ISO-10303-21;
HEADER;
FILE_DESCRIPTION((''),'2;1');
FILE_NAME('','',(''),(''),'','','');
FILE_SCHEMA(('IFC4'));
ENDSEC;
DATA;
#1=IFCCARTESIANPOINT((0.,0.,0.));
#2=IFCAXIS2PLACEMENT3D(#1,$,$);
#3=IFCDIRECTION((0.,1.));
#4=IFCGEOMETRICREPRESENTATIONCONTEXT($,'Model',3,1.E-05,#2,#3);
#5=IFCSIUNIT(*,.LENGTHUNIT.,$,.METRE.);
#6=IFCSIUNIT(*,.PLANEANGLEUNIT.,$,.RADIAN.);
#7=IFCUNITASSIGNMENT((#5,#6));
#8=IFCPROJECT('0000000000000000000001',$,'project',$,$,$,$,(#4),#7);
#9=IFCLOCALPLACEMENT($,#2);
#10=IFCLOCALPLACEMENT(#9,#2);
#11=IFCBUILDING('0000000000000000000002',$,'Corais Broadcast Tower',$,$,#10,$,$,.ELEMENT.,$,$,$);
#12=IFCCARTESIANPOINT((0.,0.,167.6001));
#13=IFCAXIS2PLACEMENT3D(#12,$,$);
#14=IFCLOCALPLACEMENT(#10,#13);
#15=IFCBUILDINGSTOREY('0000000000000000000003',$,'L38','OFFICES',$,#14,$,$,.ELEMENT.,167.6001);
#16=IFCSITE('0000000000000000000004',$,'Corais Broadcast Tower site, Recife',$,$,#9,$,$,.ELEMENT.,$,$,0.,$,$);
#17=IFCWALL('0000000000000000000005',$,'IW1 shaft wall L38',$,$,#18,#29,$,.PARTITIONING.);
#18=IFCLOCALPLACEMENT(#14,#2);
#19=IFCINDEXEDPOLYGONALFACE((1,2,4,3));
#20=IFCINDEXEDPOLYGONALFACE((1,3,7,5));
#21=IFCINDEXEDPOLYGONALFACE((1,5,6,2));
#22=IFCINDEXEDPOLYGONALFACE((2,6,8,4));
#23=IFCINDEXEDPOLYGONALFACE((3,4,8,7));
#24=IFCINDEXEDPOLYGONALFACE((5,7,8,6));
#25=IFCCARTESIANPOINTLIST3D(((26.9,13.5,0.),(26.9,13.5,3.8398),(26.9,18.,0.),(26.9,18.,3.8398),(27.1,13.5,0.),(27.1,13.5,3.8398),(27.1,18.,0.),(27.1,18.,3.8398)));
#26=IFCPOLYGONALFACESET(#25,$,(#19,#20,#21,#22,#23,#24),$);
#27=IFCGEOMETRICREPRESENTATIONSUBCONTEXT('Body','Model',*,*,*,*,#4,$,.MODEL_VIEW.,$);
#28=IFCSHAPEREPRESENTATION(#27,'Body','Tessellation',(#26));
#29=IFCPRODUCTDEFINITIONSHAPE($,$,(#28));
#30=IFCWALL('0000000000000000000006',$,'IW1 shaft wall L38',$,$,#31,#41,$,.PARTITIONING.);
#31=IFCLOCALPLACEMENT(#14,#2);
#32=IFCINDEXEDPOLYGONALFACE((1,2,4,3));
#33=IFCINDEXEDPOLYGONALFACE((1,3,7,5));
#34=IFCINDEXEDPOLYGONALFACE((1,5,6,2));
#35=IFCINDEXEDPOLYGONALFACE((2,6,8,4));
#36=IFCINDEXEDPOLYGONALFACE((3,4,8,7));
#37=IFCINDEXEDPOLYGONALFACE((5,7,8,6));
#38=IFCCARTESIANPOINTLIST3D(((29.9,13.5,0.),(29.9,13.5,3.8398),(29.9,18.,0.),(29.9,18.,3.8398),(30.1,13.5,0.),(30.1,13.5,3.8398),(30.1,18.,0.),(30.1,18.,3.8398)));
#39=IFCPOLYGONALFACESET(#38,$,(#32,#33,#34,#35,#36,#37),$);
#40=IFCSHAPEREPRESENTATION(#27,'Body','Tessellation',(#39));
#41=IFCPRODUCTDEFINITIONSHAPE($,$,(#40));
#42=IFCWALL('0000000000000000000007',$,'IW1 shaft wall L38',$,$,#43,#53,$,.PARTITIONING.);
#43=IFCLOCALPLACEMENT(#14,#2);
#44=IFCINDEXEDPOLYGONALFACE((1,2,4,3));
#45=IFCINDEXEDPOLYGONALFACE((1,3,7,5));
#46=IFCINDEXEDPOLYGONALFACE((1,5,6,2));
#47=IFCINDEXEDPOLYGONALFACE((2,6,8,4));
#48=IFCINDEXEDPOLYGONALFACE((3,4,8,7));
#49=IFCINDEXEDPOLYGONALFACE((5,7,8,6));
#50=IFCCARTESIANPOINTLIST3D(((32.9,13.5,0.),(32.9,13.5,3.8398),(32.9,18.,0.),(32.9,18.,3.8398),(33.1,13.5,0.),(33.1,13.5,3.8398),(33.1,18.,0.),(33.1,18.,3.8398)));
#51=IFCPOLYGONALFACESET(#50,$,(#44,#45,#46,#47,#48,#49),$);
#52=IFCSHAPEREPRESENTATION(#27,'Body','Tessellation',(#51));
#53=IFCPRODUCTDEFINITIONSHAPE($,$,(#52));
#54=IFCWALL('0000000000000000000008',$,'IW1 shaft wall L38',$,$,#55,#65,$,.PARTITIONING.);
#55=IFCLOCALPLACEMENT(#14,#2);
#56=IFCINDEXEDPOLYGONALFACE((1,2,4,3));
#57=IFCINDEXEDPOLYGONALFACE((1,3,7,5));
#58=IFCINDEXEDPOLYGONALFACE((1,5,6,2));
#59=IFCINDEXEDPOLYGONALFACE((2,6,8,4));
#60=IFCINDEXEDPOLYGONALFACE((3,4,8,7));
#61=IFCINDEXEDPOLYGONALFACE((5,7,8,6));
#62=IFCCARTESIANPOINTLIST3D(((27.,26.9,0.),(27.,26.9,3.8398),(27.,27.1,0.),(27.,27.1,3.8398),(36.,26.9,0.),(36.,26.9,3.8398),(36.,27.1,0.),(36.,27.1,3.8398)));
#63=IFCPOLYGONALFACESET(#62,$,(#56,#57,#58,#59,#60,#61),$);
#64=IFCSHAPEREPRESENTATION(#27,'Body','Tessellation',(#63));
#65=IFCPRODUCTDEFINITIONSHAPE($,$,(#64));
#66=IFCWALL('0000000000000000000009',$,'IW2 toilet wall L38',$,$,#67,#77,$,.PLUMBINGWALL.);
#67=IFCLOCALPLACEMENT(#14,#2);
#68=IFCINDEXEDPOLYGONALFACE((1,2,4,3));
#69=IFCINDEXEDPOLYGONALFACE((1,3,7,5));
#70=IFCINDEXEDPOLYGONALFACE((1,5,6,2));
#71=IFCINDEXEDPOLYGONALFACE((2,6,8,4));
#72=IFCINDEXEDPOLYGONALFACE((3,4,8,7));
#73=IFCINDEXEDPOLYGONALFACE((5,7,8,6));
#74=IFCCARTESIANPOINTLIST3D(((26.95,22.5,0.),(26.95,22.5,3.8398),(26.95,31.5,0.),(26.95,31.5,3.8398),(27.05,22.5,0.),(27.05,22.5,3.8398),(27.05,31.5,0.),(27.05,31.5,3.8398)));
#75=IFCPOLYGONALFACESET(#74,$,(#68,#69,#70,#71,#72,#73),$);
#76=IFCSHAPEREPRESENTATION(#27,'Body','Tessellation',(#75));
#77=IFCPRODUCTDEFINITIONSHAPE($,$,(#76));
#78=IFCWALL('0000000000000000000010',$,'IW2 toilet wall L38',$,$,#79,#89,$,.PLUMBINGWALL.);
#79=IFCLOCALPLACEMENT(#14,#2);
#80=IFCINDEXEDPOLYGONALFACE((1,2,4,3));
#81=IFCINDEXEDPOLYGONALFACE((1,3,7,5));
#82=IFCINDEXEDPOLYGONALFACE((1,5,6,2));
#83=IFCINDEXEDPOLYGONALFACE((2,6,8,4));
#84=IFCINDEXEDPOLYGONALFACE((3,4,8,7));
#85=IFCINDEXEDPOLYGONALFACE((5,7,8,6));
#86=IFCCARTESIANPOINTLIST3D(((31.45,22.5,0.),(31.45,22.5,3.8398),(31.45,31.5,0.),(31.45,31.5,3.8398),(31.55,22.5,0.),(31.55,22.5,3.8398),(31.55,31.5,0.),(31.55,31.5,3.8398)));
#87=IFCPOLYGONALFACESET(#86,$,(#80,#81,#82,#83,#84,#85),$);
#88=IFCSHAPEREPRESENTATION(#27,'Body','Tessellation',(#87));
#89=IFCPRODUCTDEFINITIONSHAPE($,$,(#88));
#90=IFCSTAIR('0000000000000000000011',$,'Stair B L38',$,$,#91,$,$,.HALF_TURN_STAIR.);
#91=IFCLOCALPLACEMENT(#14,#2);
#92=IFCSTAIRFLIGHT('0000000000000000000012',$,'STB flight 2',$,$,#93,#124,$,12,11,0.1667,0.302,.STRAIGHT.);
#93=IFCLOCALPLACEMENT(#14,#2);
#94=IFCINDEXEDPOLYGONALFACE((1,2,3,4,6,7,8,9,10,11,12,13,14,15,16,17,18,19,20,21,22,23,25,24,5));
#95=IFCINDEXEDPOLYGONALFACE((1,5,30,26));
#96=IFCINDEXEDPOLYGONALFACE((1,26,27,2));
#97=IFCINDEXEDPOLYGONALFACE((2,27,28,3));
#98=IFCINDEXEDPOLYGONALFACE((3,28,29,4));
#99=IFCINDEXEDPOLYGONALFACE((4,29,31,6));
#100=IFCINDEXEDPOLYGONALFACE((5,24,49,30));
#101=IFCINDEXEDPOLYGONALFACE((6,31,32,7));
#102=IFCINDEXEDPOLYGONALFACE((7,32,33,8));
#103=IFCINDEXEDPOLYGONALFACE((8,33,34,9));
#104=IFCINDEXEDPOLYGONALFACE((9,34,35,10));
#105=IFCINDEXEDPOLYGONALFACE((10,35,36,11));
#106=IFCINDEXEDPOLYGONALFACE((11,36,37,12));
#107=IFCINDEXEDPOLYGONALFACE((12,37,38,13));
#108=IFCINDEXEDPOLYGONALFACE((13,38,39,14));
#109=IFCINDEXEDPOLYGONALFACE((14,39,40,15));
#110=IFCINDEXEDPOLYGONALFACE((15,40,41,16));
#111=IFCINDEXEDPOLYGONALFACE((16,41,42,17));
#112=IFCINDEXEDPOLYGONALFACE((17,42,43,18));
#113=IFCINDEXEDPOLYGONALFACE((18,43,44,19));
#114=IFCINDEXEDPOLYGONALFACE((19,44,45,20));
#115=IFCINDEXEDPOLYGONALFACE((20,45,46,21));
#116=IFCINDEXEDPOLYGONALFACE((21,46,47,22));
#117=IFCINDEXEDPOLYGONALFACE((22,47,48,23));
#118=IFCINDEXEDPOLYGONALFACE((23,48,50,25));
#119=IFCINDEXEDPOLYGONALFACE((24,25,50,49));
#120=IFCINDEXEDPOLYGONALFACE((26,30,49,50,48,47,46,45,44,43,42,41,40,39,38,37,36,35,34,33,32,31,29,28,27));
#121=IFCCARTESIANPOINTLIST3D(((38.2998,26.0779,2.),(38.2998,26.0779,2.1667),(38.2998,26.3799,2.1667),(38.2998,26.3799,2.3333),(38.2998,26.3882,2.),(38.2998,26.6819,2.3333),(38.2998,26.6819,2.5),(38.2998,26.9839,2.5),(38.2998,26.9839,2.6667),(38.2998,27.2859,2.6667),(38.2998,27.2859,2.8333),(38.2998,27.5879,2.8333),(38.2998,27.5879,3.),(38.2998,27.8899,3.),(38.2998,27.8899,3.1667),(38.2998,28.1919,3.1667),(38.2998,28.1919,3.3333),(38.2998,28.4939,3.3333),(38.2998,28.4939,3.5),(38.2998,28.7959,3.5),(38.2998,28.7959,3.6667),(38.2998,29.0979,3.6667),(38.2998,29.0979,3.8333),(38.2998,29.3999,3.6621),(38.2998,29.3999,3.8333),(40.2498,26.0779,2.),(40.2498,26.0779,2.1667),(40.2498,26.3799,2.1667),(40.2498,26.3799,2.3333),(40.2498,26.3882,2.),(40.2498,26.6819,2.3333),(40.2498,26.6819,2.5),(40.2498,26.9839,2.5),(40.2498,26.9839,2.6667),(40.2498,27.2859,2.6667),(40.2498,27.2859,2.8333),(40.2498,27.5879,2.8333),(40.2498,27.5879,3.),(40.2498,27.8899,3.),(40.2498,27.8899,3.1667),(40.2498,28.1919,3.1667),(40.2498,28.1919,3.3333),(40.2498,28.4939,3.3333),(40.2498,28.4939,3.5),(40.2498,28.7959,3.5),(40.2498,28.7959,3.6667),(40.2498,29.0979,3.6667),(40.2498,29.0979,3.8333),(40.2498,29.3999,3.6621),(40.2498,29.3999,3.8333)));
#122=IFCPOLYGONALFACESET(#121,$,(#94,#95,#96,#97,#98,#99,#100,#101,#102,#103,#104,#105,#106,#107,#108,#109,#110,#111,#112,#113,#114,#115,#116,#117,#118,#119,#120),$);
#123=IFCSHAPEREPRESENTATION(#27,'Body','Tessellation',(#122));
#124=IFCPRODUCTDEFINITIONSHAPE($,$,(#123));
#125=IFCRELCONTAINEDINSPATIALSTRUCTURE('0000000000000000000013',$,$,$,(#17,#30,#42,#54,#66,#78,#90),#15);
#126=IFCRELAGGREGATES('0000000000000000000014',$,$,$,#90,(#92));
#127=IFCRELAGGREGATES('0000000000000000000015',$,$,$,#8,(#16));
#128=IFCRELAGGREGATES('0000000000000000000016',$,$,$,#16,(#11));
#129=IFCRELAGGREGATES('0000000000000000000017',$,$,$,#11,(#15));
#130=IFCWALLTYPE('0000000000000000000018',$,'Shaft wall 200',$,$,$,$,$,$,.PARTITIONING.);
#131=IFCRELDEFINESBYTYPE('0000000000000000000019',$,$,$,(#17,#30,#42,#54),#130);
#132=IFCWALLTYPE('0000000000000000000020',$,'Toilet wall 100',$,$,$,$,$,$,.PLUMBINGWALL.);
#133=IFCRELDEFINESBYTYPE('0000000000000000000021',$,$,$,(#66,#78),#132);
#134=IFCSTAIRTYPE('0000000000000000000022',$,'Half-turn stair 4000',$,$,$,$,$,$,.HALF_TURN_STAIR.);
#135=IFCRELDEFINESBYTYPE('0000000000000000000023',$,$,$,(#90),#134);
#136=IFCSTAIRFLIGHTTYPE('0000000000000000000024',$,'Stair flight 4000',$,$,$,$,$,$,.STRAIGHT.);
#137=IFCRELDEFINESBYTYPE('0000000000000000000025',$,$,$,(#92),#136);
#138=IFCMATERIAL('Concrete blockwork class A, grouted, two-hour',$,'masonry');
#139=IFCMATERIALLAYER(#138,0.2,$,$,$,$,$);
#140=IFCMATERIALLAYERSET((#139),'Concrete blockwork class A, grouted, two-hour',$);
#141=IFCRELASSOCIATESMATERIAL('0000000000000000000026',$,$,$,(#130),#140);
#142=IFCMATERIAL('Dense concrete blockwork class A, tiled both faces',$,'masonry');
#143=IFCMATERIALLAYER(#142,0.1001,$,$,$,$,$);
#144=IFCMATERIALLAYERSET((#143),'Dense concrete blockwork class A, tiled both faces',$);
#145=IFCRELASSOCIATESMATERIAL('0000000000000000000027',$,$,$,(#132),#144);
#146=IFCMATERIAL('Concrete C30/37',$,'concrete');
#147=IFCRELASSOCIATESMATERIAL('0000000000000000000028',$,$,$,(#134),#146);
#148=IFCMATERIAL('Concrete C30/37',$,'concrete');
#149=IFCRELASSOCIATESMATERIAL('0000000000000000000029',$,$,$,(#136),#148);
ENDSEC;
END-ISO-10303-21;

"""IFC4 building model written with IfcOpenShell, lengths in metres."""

from ifc_helpers import new_model, si_unit, direction, frame, frame_2d, origin, place, context, subcontext, project, spatial, polyline, rectangle, outline, extrude, material, layer, layer_set, type_object, element, aggregate, save


model = new_model("IFC4")

# Units and contexts
model_context = context("Model", 3, precision=1e-05, world=origin(), true_north=direction((0.0, 1.0)))
body_context = subcontext(model_context, "Body", "Model", "MODEL_VIEW")
ifc_project = project(units=[si_unit("LENGTHUNIT", "METRE"), si_unit("PLANEANGLEUNIT", "RADIAN")], contexts=[model_context])

# Site, building, storey
site_placement = place(None, origin())
site = spatial("IfcSite", under=ifc_project, at=site_placement, Name="Corais Broadcast Tower site, Recife", CompositionType="ELEMENT", RefElevation=0.0)
building_placement = place(site_placement, origin())
building = spatial("IfcBuilding", under=site, at=building_placement, Name="Corais Broadcast Tower", CompositionType="ELEMENT")
storey_placement = place(building_placement, frame((0.0, 0.0, 167.6001)))
storey = spatial("IfcBuildingStorey", under=building, at=storey_placement, Name="L38", Description="OFFICES", CompositionType="ELEMENT", Elevation=167.6001)

# Walls
ifc_material_1 = material(Name="Concrete blockwork class A, grouted, two-hour", Category="masonry")
ifc_layer_1 = layer(ifc_material_1, 0.2)
ifc_layer_set_1 = layer_set([ifc_layer_1], Name="Concrete blockwork class A, grouted, two-hour")
wall_type_1 = type_object("IfcWallType", Name="Shaft wall 200", PredefinedType="PARTITIONING", material=ifc_layer_set_1)
for number, where, z_axis, x_axis, name in (
    (1, (27.0, 13.5, 0.0), (0.0, 0.0, 1.0), (0.0, 1.0, 0.0), "IW1 shaft wall L38"),
    (2, (30.0, 13.5, 0.0), (0.0, 0.0, 1.0), (0.0, 1.0, 0.0), "IW1 shaft wall L38"),
    (3, (33.0, 13.5, 0.0), (0.0, 0.0, 1.0), (0.0, 1.0, 0.0), "IW1 shaft wall L38"),
):
    element("IfcWall", number, at=place(storey_placement, frame(where, z_axis=z_axis, x_axis=x_axis)), inside=storey, type_object=wall_type_1, Name=name, PredefinedType="PARTITIONING", context=body_context, shape_type="SweptSolid", body=[
        extrude(rectangle(XDim=4.5, YDim=0.2, at=frame_2d((2.25, 0.0))), origin(), (0.0, 0.0, 1.0), 3.8398),
    ])
wall_1_placement = place(storey_placement, frame((27.0, 27.0, 0.0), z_axis=(0.0, 0.0, 1.0), x_axis=(1.0, 0.0, 0.0)))
element("IfcWall", 4, at=wall_1_placement, inside=storey, type_object=wall_type_1, Name="IW1 shaft wall L38", PredefinedType="PARTITIONING", context=body_context, shape_type="SweptSolid", body=[
    extrude(rectangle(XDim=9.0, YDim=0.2, at=frame_2d((4.5, 0.0))), origin(), (0.0, 0.0, 1.0), 3.8398),
])
ifc_material_2 = material(Name="Dense concrete blockwork class A, tiled both faces", Category="masonry")
ifc_layer_2 = layer(ifc_material_2, 0.1001)
ifc_layer_set_2 = layer_set([ifc_layer_2], Name="Dense concrete blockwork class A, tiled both faces")
wall_type_2 = type_object("IfcWallType", Name="Toilet wall 100", PredefinedType="PLUMBINGWALL", material=ifc_layer_set_2)
for number, where, z_axis, x_axis, name in (
    (5, (27.0, 22.5, 0.0), (0.0, 0.0, 1.0), (0.0, 1.0, 0.0), "IW2 toilet wall L38"),
    (6, (31.5, 22.5, 0.0), (0.0, 0.0, 1.0), (0.0, 1.0, 0.0), "IW2 toilet wall L38"),
):
    element("IfcWall", number, at=place(storey_placement, frame(where, z_axis=z_axis, x_axis=x_axis)), inside=storey, type_object=wall_type_2, Name=name, PredefinedType="PLUMBINGWALL", context=body_context, shape_type="SweptSolid", body=[
        extrude(rectangle(XDim=9.0, YDim=0.1001, at=frame_2d((4.5, 0.0))), origin(), (0.0, 0.0, 1.0), 3.8398),
    ])

# Stair, stair flight
ifc_material_3 = material(Name="Concrete C30/37", Category="concrete")
stair_type = type_object("IfcStairType", Name="Half-turn stair 4000", PredefinedType="HALF_TURN_STAIR", material=ifc_material_3)
stair_placement = place(storey_placement, origin())
stair = element("IfcStair", 7, at=stair_placement, inside=storey, type_object=stair_type, Name="Stair B L38", PredefinedType="HALF_TURN_STAIR")
ifc_material_4 = material(Name="Concrete C30/37", Category="concrete")
stair_flight_type = type_object("IfcStairFlightType", Name="Stair flight 4000", PredefinedType="STRAIGHT", material=ifc_material_4)
stair_flight_placement = place(storey_placement, frame((39.2749, 26.0779, 2.0), z_axis=(0.0, 0.0, 1.0), x_axis=(0.0, 1.0, 0.0)))
stair_flight = element("IfcStairFlight", 8, at=stair_flight_placement, type_object=stair_flight_type, Name="STB flight 2", NumberOfRisers=12, NumberOfTreads=11, PredefinedType="STRAIGHT", RiserHeight=0.1667, TreadLength=0.302, context=body_context, shape_type="SweptSolid", body=[
    extrude(outline(polyline([(0.0, 0.0), (0.0, 0.1667), (0.302, 0.1667), (0.302, 0.3333), (0.604, 0.3333), (0.604, 0.5), (0.906, 0.5), (0.906, 0.6667), (1.208, 0.6667), (1.208, 0.8333), (1.51, 0.8333), (1.51, 1.0), (1.812, 1.0), (1.812, 1.1667), (2.114, 1.1667), (2.114, 1.3333), (2.416, 1.3333), (2.416, 1.5), (2.718, 1.5), (2.718, 1.6667), (3.02, 1.6667), (3.02, 1.8333), (3.322, 1.8333), (3.322, 2.0), (3.322, 1.6621), (0.3103, 0.0), (0.0, 0.0)])), frame((0.0, 0.9751, 0.0), z_axis=(0.0, -1.0, 0.0), x_axis=(1.0, 0.0, 0.0)), (0.0, 0.0, 1.0), 1.95),
])
aggregate(stair, [stair_flight])

save(model, "model.ifc")
